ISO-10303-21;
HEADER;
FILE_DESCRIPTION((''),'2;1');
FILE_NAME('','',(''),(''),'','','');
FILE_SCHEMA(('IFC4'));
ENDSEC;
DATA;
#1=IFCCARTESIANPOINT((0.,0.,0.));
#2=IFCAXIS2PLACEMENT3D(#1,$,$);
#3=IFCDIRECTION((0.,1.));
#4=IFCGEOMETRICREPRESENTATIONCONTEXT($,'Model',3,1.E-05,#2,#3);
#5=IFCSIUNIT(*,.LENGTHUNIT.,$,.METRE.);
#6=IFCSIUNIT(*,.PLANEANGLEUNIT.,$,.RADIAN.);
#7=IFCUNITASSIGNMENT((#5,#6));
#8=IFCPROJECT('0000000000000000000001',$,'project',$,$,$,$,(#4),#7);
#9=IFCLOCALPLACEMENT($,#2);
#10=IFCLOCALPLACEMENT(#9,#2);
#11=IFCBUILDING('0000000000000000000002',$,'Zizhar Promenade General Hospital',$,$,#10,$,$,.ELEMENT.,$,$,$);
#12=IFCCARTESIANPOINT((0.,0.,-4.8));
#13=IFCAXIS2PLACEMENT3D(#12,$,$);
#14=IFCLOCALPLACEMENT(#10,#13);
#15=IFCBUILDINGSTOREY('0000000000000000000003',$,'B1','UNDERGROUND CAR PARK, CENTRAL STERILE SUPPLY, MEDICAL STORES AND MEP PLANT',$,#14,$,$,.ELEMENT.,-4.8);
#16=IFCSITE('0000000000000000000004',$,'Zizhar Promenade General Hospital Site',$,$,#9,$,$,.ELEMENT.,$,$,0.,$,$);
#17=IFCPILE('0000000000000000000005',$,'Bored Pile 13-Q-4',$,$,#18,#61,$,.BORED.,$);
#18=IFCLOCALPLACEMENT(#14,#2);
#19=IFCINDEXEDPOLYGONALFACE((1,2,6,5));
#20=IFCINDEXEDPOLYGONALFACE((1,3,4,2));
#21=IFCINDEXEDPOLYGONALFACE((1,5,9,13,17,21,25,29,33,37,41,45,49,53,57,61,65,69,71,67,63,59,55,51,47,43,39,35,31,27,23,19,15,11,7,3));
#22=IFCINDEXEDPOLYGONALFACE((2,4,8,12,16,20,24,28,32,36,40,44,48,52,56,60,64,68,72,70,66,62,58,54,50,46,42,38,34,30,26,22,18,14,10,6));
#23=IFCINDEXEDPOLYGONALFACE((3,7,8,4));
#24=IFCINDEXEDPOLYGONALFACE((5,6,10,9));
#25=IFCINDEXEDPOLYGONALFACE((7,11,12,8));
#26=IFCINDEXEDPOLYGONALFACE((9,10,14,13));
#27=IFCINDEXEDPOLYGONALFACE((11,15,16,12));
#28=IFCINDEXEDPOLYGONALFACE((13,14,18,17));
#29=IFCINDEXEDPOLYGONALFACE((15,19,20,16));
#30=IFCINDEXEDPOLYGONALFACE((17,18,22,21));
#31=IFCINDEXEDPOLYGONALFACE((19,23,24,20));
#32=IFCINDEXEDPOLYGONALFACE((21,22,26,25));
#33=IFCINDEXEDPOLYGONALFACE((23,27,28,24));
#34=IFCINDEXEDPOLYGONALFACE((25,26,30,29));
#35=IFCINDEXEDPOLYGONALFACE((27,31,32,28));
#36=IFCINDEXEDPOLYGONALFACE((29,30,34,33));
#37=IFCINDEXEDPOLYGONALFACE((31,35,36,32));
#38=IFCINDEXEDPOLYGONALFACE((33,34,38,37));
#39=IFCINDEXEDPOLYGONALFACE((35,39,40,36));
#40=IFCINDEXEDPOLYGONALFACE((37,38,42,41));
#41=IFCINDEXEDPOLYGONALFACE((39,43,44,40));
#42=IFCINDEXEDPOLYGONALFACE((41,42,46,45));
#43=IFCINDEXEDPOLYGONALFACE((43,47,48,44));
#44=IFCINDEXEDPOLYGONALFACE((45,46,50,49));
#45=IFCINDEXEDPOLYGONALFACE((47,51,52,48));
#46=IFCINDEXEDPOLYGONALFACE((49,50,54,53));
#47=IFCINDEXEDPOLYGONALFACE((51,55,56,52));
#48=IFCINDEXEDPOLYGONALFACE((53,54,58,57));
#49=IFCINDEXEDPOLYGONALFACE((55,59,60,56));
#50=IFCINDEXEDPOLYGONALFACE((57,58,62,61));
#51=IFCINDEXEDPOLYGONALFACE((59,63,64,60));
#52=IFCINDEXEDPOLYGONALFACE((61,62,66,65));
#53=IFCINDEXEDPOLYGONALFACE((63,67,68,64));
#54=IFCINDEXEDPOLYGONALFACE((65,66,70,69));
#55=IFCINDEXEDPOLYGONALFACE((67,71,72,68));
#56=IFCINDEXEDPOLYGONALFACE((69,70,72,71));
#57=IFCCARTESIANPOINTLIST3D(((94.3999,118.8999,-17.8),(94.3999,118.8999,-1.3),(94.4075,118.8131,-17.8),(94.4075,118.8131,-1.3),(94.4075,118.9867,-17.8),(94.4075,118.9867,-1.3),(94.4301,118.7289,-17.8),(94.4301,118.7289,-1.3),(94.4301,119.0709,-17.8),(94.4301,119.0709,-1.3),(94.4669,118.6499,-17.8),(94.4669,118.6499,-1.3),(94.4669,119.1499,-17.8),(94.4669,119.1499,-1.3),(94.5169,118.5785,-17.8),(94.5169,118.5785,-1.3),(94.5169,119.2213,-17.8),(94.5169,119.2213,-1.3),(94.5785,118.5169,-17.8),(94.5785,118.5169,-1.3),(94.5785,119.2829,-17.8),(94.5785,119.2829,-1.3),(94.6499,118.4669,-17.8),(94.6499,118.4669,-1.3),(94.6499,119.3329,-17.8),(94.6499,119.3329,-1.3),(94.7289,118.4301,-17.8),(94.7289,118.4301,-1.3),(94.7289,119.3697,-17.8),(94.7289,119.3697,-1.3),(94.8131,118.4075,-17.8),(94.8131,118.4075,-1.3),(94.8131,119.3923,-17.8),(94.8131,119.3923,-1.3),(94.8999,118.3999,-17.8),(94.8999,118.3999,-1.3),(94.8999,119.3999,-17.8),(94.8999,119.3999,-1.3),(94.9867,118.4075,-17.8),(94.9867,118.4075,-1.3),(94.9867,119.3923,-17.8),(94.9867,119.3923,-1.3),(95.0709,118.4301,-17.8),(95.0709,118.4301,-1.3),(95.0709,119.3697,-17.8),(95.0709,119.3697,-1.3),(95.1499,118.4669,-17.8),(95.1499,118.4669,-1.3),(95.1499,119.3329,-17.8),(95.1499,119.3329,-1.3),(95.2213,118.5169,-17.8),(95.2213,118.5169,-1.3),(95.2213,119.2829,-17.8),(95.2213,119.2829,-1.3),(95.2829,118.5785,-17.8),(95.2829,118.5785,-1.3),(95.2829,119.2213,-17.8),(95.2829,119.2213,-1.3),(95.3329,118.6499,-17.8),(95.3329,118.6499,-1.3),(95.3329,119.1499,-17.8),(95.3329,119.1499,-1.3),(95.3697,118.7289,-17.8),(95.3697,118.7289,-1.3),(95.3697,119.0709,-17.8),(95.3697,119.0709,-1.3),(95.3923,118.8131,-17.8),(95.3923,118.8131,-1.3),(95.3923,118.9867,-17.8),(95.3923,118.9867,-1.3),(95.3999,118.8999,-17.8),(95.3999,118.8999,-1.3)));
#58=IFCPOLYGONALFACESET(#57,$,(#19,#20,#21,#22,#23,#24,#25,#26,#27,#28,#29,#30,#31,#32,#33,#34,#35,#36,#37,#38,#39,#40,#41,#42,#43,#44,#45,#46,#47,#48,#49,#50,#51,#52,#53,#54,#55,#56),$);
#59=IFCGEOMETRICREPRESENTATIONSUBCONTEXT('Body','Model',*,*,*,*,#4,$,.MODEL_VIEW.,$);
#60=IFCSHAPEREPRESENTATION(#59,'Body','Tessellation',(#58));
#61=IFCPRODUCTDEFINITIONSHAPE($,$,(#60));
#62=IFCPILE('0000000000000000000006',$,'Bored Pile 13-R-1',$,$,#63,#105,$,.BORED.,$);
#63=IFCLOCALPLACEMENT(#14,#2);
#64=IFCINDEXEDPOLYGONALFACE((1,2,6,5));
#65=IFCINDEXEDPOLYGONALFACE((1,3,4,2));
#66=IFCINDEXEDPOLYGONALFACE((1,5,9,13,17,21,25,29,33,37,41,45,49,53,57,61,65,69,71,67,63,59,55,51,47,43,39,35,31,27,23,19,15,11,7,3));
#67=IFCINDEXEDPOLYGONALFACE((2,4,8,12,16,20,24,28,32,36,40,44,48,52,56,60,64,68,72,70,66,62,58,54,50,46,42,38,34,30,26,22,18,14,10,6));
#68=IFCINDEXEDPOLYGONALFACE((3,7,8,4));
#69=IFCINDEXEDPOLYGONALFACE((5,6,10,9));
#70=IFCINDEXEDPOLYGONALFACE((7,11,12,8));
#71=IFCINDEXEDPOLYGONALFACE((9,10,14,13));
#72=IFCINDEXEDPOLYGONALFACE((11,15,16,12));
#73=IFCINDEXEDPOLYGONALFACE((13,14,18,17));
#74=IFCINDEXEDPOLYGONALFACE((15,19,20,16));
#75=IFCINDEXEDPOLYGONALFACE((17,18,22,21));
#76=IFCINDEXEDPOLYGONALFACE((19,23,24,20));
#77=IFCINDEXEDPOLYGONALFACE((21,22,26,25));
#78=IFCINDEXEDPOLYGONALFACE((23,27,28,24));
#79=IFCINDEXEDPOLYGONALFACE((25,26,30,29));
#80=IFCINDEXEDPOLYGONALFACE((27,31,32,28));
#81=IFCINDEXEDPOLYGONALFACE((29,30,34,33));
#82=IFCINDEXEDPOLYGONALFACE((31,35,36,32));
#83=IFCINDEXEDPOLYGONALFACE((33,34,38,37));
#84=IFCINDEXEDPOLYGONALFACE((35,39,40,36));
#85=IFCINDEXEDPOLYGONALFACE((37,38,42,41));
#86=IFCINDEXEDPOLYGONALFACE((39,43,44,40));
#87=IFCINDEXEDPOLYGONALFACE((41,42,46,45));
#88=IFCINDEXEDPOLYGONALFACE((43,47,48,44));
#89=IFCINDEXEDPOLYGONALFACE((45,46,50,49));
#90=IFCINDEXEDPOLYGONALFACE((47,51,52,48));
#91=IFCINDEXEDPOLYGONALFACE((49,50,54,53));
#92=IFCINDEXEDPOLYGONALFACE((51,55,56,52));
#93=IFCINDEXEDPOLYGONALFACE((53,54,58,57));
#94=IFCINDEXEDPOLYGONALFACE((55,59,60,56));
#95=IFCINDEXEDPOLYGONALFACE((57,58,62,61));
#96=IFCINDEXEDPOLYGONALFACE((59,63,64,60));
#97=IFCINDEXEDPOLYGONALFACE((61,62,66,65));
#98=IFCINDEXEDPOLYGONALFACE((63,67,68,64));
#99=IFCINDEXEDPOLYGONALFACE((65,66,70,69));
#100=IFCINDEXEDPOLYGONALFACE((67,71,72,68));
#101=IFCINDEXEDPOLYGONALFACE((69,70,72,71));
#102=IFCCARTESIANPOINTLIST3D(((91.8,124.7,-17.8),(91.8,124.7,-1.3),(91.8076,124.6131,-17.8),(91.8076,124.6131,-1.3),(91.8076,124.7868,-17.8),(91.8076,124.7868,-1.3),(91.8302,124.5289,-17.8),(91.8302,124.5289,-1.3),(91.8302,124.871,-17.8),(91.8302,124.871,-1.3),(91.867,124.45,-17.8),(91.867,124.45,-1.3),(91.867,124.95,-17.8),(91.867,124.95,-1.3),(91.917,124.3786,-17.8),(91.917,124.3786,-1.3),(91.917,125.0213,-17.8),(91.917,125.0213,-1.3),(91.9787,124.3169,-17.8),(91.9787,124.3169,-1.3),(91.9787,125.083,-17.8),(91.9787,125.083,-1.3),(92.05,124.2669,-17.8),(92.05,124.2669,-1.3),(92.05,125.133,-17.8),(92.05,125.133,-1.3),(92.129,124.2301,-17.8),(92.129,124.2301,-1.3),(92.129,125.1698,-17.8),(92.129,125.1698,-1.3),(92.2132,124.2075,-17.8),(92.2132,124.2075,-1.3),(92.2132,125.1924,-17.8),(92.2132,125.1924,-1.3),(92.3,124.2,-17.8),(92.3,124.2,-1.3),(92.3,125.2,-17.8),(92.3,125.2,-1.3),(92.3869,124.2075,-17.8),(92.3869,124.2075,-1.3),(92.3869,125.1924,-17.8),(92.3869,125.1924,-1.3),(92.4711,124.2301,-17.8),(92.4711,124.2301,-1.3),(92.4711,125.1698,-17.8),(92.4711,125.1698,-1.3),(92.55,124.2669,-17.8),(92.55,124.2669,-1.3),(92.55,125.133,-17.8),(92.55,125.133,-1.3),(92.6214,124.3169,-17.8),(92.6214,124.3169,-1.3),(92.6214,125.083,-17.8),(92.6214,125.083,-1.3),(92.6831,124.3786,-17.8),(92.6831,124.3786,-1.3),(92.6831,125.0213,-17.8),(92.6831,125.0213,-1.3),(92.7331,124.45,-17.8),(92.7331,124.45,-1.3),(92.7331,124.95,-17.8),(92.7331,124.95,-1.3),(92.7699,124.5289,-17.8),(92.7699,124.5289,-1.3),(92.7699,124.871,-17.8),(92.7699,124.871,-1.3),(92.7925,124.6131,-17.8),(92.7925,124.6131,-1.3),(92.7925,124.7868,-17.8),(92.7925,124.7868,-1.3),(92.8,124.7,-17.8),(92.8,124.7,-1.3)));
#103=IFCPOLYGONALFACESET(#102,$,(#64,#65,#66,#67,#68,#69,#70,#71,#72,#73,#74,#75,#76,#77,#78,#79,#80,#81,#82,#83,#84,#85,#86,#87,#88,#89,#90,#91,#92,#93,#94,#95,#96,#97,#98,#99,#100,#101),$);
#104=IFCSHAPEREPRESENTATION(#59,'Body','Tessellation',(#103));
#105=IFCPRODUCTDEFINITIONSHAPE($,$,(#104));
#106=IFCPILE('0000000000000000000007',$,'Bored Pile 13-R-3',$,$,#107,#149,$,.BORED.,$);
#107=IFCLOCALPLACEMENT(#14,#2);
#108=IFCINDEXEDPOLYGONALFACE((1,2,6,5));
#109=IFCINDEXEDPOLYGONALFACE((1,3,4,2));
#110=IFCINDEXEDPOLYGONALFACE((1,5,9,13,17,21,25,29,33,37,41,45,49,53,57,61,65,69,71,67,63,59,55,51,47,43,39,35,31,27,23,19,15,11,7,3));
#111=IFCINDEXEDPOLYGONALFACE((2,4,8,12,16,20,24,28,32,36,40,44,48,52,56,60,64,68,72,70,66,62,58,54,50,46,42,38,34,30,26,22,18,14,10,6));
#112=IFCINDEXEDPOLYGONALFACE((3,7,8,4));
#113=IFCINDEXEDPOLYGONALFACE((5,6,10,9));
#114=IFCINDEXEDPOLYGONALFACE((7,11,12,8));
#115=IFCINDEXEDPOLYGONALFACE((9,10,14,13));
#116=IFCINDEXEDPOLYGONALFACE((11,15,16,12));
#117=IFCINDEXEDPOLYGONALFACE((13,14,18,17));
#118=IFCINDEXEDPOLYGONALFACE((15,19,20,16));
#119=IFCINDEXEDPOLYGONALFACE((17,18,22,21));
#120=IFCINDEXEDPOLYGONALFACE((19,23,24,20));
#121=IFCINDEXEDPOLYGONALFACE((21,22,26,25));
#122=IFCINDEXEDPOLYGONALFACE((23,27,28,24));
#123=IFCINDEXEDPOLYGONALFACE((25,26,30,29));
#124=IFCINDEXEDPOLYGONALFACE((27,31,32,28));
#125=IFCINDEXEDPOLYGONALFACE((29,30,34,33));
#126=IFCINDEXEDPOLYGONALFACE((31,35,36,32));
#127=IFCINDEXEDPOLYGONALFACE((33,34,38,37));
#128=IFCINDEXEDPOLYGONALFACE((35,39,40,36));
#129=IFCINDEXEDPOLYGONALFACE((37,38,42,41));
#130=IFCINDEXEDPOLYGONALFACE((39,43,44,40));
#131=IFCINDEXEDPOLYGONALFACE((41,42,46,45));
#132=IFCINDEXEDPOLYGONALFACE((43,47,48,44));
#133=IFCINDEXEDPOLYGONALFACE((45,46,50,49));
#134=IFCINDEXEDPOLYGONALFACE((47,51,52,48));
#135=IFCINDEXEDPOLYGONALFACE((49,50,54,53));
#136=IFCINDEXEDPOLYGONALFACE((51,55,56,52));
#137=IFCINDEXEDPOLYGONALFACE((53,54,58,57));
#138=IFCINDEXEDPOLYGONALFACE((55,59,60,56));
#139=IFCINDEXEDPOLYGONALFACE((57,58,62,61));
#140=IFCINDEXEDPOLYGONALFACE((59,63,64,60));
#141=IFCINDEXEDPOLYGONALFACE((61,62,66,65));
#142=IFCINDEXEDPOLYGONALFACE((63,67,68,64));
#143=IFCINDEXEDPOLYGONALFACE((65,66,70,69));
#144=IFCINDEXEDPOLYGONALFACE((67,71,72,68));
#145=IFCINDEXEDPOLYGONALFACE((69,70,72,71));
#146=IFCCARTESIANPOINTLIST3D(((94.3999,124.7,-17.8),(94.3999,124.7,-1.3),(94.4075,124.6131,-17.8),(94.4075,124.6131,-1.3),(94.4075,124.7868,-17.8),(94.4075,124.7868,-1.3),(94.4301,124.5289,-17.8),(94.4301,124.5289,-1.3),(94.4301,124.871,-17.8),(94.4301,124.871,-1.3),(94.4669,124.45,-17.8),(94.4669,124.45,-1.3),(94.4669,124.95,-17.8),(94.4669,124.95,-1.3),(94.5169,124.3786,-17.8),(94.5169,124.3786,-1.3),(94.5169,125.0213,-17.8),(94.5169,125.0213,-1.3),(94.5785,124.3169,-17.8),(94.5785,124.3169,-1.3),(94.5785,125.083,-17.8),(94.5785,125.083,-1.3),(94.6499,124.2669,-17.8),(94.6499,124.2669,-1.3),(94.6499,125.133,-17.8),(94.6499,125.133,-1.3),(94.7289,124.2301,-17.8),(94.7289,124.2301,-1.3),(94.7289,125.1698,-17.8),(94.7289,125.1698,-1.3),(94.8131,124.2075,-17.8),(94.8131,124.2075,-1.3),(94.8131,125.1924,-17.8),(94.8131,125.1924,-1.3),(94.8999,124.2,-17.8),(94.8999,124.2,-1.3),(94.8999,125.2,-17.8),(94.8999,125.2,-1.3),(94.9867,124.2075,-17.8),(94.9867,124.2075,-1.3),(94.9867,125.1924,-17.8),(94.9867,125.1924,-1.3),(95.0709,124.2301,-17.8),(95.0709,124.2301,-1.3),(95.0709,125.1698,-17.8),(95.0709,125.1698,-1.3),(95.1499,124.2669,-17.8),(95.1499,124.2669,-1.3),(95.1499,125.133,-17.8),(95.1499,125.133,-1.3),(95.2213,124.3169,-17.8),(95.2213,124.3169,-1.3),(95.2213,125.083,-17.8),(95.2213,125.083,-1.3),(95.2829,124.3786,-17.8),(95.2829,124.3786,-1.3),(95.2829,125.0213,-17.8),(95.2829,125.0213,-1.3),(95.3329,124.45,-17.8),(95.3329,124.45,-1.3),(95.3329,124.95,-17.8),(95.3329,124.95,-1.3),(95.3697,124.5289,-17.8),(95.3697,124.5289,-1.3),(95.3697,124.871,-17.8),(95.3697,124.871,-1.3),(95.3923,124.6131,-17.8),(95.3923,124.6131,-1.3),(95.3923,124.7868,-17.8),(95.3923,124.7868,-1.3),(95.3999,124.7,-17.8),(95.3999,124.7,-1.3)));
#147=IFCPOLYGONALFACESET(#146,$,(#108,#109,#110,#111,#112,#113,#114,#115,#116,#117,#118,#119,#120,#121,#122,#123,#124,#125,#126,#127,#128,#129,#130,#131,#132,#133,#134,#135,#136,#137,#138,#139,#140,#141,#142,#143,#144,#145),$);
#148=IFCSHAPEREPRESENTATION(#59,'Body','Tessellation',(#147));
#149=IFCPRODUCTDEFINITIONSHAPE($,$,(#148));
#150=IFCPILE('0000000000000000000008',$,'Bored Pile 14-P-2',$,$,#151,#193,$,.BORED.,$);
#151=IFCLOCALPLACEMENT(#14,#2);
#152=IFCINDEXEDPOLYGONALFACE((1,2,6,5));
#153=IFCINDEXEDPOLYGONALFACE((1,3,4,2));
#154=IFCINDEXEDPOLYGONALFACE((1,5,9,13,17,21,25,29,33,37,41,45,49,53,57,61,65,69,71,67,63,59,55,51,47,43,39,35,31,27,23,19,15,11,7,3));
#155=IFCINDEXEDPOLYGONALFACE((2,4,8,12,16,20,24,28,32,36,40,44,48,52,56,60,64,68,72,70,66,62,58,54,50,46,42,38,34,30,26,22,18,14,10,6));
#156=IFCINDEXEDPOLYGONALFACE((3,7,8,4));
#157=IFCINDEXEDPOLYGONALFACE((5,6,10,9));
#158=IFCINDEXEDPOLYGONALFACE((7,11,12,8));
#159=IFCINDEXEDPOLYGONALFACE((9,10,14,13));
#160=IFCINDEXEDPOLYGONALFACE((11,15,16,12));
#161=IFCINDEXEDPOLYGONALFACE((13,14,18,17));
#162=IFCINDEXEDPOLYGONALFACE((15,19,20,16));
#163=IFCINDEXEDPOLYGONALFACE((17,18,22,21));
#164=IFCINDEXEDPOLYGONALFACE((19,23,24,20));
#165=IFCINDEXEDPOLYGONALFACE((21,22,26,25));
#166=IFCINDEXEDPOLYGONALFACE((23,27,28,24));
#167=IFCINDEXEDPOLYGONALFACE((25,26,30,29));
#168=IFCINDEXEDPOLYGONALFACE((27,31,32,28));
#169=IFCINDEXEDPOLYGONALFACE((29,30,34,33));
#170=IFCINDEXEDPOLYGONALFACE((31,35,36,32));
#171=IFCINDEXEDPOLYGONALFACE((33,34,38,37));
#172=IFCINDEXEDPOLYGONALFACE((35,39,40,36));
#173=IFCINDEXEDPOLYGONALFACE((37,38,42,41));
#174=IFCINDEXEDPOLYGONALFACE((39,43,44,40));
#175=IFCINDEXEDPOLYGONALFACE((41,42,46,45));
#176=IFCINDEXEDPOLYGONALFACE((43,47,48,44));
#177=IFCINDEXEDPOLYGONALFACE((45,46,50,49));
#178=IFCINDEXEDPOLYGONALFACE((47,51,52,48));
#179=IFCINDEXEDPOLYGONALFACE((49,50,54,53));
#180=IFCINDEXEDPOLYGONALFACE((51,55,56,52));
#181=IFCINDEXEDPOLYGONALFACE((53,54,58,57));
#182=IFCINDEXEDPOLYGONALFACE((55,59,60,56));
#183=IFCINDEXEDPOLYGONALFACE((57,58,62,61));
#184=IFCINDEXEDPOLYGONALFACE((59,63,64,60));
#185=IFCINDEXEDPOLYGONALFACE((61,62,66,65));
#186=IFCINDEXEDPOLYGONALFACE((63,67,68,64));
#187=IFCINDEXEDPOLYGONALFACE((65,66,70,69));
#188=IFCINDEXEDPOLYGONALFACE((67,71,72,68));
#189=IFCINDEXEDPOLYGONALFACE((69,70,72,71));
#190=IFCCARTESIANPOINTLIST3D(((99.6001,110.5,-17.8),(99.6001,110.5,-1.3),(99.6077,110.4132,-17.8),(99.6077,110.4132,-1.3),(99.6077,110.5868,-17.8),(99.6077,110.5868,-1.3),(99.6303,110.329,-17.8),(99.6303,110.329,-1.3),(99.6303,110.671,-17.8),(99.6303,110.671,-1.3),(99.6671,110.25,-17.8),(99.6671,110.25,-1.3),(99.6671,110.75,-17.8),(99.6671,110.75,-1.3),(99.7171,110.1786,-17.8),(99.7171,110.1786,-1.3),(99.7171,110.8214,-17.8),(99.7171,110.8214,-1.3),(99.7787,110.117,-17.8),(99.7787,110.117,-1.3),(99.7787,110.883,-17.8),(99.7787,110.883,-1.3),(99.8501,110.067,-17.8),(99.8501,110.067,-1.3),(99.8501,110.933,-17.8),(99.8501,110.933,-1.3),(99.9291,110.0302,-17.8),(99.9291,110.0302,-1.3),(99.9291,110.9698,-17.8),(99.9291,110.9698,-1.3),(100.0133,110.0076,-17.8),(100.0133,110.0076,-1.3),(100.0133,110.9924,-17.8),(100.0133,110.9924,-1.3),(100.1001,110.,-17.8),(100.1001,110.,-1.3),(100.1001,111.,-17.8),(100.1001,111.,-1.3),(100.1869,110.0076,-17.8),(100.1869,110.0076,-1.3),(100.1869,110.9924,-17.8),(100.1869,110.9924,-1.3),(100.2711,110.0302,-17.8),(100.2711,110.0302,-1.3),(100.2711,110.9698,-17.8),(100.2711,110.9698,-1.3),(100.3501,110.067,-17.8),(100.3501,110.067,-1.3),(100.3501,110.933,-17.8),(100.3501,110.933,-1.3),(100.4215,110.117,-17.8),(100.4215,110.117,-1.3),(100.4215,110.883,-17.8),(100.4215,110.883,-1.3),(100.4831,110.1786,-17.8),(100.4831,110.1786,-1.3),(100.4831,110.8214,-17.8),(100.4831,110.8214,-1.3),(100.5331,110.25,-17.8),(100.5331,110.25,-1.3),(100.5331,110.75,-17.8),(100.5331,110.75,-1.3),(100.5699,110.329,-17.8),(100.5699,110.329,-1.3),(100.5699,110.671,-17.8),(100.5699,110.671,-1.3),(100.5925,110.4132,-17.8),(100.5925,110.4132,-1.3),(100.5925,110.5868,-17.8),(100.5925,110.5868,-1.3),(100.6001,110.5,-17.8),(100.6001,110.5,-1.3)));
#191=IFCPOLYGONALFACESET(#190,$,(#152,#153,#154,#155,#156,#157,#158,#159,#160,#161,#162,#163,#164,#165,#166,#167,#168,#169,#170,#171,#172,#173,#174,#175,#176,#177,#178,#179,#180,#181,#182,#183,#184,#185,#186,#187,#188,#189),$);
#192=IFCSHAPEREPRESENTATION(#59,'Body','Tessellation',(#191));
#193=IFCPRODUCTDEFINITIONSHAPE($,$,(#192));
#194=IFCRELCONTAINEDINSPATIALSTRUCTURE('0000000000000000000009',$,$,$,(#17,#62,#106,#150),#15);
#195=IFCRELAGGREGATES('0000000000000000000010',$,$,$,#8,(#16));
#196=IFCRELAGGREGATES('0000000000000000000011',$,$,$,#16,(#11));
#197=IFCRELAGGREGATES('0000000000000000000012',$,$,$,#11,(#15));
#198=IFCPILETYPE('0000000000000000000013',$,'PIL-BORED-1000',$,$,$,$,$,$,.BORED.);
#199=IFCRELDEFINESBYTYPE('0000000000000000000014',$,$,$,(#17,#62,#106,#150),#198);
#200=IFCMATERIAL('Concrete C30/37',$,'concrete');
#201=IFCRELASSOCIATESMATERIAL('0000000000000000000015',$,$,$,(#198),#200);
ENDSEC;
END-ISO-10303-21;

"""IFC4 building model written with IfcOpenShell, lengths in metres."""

from ifc_helpers import new_model, si_unit, direction, frame, origin, origin_2d, place, context, subcontext, project, spatial, circle, extrude, material, material_profile, profile_set, type_object, element, save


model = new_model("IFC4")

# Units and contexts
model_context = context("Model", 3, precision=1e-05, world=origin(), true_north=direction((0.0, 1.0)))
body_context = subcontext(model_context, "Body", "Model", "MODEL_VIEW")
ifc_project = project(units=[si_unit("LENGTHUNIT", "METRE"), si_unit("PLANEANGLEUNIT", "RADIAN")], contexts=[model_context])

# Site, building, storey
site_placement = place(None, origin())
site = spatial("IfcSite", under=ifc_project, at=site_placement, Name="Zizhar Promenade General Hospital Site", CompositionType="ELEMENT", RefElevation=0.0)
building_placement = place(site_placement, origin())
building = spatial("IfcBuilding", under=site, at=building_placement, Name="Zizhar Promenade General Hospital", CompositionType="ELEMENT")
storey_placement = place(building_placement, frame((0.0, 0.0, -4.8)))
storey = spatial("IfcBuildingStorey", under=building, at=storey_placement, Name="B1", Description="UNDERGROUND CAR PARK, CENTRAL STERILE SUPPLY, MEDICAL STORES AND MEP PLANT", CompositionType="ELEMENT", Elevation=-4.8)

# Piles
ifc_material_1 = material(Name="Concrete C30/37", Category="concrete")
ifc_material_profile_1 = material_profile(ifc_material_1, circle(Radius=0.5, at=origin_2d()))
ifc_profile_set_1 = profile_set([ifc_material_profile_1], Name="Concrete C30/37")
pile_type = type_object("IfcPileType", Name="PIL-BORED-1000", PredefinedType="BORED", material=ifc_profile_set_1)
for number, where, z_axis, x_axis, name in (
    (1, (94.8999, 118.8999, -1.3), (0.0, 0.0, -1.0), (1.0, 0.0, 0.0), "Bored Pile 13-Q-4"),
    (2, (92.3, 124.7, -1.3), (0.0, 0.0, -1.0), (1.0, 0.0, 0.0), "Bored Pile 13-R-1"),
    (3, (94.8999, 124.7, -1.3), (0.0, 0.0, -1.0), (1.0, 0.0, 0.0), "Bored Pile 13-R-3"),
    (4, (100.1001, 110.5, -1.3), (0.0, 0.0, -1.0), (1.0, 0.0, 0.0), "Bored Pile 14-P-2"),
):
    element("IfcPile", number, at=place(storey_placement, frame(where, z_axis=z_axis, x_axis=x_axis)), inside=storey, type_object=pile_type, Name=name, PredefinedType="BORED", context=body_context, shape_type="SweptSolid", body=[
        extrude(circle(Radius=0.5, at=origin_2d()), origin(), (0.0, 0.0, 1.0), 16.5),
    ])

save(model, "model.ifc")
